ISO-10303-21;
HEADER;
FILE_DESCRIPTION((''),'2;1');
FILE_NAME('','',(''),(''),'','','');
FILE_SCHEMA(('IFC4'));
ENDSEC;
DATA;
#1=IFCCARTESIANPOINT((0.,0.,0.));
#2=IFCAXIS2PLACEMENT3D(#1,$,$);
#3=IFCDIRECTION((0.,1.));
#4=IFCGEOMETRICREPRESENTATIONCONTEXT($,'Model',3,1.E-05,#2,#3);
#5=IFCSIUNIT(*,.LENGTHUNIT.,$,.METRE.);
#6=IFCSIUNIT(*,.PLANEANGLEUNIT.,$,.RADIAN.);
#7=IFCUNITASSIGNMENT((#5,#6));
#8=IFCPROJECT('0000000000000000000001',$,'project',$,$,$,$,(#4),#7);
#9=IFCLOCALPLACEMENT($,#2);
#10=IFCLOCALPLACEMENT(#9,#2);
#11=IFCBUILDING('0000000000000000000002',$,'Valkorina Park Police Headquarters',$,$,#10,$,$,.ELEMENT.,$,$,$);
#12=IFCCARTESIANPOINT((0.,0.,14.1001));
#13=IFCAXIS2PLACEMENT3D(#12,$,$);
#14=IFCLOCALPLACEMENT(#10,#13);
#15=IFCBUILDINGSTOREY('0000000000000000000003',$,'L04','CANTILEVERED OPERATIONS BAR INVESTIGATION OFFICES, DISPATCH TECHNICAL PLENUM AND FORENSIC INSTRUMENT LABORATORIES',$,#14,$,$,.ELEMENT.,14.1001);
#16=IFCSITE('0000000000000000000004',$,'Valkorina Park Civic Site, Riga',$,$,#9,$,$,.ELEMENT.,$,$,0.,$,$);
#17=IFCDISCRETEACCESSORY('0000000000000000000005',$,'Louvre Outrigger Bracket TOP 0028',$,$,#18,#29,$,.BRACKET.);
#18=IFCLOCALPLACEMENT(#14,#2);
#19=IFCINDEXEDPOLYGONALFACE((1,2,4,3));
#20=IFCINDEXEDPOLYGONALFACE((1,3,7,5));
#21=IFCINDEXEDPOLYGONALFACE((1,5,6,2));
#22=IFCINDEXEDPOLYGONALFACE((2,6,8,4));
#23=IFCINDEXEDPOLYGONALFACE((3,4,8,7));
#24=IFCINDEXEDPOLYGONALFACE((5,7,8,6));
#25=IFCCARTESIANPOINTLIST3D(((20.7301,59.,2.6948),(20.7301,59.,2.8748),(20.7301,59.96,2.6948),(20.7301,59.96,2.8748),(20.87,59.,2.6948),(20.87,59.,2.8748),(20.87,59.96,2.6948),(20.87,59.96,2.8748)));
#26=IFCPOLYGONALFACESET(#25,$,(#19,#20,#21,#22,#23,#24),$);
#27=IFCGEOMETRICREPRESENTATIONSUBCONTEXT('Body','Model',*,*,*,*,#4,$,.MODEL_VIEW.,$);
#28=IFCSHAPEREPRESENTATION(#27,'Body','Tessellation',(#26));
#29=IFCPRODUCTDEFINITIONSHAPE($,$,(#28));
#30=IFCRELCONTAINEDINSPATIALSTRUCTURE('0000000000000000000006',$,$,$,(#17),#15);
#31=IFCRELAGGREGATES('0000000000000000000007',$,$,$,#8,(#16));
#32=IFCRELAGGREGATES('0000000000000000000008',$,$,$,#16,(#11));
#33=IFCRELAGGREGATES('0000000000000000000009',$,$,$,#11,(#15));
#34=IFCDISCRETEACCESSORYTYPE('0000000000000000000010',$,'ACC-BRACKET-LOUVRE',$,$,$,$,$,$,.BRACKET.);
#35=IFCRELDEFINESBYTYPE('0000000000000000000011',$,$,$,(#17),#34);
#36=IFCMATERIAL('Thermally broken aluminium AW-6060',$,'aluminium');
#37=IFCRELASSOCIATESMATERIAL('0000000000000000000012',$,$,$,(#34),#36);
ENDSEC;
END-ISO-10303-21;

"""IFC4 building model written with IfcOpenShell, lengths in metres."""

from ifc_helpers import new_model, si_unit, direction, frame, origin, origin_2d, place, context, subcontext, project, spatial, rectangle, extrude, material, type_object, element, save


model = new_model("IFC4")

# Units and contexts
model_context = context("Model", 3, precision=1e-05, world=origin(), true_north=direction((0.0, 1.0)))
body_context = subcontext(model_context, "Body", "Model", "MODEL_VIEW")
ifc_project = project(units=[si_unit("LENGTHUNIT", "METRE"), si_unit("PLANEANGLEUNIT", "RADIAN")], contexts=[model_context])

# Site, building, storey
site_placement = place(None, origin())
site = spatial("IfcSite", under=ifc_project, at=site_placement, Name="Valkorina Park Civic Site, Riga", CompositionType="ELEMENT", RefElevation=0.0)
building_placement = place(site_placement, origin())
building = spatial("IfcBuilding", under=site, at=building_placement, Name="Valkorina Park Police Headquarters", CompositionType="ELEMENT")
storey_placement = place(building_placement, frame((0.0, 0.0, 14.1001)))
storey = spatial("IfcBuildingStorey", under=building, at=storey_placement, Name="L04", Description="CANTILEVERED OPERATIONS BAR INVESTIGATION OFFICES, DISPATCH TECHNICAL PLENUM AND FORENSIC INSTRUMENT LABORATORIES", CompositionType="ELEMENT", Elevation=14.1001)

# Shared definitions
ifc_material_1 = material(Name="Thermally broken aluminium AW-6060", Category="aluminium")

# Discrete accessory
discrete_accessory_type = type_object("IfcDiscreteAccessoryType", Name="ACC-BRACKET-LOUVRE", PredefinedType="BRACKET", material=ifc_material_1)
for number, where, z_axis, x_axis, name in (
    (1, (20.8, 59.48, 2.6948), (0.0, 0.0, 1.0), (0.0, 1.0, 0.0), "Louvre Outrigger Bracket TOP 0028"),
):
    element("IfcDiscreteAccessory", number, at=place(storey_placement, frame(where, z_axis=z_axis, x_axis=x_axis)), inside=storey, type_object=discrete_accessory_type, Name=name, PredefinedType="BRACKET", context=body_context, shape_type="SweptSolid", body=[
        extrude(rectangle(XDim=0.96, YDim=0.1399, at=origin_2d()), origin(), (0.0, 0.0, 1.0), 0.1799),
    ])

save(model, "model.ifc")
